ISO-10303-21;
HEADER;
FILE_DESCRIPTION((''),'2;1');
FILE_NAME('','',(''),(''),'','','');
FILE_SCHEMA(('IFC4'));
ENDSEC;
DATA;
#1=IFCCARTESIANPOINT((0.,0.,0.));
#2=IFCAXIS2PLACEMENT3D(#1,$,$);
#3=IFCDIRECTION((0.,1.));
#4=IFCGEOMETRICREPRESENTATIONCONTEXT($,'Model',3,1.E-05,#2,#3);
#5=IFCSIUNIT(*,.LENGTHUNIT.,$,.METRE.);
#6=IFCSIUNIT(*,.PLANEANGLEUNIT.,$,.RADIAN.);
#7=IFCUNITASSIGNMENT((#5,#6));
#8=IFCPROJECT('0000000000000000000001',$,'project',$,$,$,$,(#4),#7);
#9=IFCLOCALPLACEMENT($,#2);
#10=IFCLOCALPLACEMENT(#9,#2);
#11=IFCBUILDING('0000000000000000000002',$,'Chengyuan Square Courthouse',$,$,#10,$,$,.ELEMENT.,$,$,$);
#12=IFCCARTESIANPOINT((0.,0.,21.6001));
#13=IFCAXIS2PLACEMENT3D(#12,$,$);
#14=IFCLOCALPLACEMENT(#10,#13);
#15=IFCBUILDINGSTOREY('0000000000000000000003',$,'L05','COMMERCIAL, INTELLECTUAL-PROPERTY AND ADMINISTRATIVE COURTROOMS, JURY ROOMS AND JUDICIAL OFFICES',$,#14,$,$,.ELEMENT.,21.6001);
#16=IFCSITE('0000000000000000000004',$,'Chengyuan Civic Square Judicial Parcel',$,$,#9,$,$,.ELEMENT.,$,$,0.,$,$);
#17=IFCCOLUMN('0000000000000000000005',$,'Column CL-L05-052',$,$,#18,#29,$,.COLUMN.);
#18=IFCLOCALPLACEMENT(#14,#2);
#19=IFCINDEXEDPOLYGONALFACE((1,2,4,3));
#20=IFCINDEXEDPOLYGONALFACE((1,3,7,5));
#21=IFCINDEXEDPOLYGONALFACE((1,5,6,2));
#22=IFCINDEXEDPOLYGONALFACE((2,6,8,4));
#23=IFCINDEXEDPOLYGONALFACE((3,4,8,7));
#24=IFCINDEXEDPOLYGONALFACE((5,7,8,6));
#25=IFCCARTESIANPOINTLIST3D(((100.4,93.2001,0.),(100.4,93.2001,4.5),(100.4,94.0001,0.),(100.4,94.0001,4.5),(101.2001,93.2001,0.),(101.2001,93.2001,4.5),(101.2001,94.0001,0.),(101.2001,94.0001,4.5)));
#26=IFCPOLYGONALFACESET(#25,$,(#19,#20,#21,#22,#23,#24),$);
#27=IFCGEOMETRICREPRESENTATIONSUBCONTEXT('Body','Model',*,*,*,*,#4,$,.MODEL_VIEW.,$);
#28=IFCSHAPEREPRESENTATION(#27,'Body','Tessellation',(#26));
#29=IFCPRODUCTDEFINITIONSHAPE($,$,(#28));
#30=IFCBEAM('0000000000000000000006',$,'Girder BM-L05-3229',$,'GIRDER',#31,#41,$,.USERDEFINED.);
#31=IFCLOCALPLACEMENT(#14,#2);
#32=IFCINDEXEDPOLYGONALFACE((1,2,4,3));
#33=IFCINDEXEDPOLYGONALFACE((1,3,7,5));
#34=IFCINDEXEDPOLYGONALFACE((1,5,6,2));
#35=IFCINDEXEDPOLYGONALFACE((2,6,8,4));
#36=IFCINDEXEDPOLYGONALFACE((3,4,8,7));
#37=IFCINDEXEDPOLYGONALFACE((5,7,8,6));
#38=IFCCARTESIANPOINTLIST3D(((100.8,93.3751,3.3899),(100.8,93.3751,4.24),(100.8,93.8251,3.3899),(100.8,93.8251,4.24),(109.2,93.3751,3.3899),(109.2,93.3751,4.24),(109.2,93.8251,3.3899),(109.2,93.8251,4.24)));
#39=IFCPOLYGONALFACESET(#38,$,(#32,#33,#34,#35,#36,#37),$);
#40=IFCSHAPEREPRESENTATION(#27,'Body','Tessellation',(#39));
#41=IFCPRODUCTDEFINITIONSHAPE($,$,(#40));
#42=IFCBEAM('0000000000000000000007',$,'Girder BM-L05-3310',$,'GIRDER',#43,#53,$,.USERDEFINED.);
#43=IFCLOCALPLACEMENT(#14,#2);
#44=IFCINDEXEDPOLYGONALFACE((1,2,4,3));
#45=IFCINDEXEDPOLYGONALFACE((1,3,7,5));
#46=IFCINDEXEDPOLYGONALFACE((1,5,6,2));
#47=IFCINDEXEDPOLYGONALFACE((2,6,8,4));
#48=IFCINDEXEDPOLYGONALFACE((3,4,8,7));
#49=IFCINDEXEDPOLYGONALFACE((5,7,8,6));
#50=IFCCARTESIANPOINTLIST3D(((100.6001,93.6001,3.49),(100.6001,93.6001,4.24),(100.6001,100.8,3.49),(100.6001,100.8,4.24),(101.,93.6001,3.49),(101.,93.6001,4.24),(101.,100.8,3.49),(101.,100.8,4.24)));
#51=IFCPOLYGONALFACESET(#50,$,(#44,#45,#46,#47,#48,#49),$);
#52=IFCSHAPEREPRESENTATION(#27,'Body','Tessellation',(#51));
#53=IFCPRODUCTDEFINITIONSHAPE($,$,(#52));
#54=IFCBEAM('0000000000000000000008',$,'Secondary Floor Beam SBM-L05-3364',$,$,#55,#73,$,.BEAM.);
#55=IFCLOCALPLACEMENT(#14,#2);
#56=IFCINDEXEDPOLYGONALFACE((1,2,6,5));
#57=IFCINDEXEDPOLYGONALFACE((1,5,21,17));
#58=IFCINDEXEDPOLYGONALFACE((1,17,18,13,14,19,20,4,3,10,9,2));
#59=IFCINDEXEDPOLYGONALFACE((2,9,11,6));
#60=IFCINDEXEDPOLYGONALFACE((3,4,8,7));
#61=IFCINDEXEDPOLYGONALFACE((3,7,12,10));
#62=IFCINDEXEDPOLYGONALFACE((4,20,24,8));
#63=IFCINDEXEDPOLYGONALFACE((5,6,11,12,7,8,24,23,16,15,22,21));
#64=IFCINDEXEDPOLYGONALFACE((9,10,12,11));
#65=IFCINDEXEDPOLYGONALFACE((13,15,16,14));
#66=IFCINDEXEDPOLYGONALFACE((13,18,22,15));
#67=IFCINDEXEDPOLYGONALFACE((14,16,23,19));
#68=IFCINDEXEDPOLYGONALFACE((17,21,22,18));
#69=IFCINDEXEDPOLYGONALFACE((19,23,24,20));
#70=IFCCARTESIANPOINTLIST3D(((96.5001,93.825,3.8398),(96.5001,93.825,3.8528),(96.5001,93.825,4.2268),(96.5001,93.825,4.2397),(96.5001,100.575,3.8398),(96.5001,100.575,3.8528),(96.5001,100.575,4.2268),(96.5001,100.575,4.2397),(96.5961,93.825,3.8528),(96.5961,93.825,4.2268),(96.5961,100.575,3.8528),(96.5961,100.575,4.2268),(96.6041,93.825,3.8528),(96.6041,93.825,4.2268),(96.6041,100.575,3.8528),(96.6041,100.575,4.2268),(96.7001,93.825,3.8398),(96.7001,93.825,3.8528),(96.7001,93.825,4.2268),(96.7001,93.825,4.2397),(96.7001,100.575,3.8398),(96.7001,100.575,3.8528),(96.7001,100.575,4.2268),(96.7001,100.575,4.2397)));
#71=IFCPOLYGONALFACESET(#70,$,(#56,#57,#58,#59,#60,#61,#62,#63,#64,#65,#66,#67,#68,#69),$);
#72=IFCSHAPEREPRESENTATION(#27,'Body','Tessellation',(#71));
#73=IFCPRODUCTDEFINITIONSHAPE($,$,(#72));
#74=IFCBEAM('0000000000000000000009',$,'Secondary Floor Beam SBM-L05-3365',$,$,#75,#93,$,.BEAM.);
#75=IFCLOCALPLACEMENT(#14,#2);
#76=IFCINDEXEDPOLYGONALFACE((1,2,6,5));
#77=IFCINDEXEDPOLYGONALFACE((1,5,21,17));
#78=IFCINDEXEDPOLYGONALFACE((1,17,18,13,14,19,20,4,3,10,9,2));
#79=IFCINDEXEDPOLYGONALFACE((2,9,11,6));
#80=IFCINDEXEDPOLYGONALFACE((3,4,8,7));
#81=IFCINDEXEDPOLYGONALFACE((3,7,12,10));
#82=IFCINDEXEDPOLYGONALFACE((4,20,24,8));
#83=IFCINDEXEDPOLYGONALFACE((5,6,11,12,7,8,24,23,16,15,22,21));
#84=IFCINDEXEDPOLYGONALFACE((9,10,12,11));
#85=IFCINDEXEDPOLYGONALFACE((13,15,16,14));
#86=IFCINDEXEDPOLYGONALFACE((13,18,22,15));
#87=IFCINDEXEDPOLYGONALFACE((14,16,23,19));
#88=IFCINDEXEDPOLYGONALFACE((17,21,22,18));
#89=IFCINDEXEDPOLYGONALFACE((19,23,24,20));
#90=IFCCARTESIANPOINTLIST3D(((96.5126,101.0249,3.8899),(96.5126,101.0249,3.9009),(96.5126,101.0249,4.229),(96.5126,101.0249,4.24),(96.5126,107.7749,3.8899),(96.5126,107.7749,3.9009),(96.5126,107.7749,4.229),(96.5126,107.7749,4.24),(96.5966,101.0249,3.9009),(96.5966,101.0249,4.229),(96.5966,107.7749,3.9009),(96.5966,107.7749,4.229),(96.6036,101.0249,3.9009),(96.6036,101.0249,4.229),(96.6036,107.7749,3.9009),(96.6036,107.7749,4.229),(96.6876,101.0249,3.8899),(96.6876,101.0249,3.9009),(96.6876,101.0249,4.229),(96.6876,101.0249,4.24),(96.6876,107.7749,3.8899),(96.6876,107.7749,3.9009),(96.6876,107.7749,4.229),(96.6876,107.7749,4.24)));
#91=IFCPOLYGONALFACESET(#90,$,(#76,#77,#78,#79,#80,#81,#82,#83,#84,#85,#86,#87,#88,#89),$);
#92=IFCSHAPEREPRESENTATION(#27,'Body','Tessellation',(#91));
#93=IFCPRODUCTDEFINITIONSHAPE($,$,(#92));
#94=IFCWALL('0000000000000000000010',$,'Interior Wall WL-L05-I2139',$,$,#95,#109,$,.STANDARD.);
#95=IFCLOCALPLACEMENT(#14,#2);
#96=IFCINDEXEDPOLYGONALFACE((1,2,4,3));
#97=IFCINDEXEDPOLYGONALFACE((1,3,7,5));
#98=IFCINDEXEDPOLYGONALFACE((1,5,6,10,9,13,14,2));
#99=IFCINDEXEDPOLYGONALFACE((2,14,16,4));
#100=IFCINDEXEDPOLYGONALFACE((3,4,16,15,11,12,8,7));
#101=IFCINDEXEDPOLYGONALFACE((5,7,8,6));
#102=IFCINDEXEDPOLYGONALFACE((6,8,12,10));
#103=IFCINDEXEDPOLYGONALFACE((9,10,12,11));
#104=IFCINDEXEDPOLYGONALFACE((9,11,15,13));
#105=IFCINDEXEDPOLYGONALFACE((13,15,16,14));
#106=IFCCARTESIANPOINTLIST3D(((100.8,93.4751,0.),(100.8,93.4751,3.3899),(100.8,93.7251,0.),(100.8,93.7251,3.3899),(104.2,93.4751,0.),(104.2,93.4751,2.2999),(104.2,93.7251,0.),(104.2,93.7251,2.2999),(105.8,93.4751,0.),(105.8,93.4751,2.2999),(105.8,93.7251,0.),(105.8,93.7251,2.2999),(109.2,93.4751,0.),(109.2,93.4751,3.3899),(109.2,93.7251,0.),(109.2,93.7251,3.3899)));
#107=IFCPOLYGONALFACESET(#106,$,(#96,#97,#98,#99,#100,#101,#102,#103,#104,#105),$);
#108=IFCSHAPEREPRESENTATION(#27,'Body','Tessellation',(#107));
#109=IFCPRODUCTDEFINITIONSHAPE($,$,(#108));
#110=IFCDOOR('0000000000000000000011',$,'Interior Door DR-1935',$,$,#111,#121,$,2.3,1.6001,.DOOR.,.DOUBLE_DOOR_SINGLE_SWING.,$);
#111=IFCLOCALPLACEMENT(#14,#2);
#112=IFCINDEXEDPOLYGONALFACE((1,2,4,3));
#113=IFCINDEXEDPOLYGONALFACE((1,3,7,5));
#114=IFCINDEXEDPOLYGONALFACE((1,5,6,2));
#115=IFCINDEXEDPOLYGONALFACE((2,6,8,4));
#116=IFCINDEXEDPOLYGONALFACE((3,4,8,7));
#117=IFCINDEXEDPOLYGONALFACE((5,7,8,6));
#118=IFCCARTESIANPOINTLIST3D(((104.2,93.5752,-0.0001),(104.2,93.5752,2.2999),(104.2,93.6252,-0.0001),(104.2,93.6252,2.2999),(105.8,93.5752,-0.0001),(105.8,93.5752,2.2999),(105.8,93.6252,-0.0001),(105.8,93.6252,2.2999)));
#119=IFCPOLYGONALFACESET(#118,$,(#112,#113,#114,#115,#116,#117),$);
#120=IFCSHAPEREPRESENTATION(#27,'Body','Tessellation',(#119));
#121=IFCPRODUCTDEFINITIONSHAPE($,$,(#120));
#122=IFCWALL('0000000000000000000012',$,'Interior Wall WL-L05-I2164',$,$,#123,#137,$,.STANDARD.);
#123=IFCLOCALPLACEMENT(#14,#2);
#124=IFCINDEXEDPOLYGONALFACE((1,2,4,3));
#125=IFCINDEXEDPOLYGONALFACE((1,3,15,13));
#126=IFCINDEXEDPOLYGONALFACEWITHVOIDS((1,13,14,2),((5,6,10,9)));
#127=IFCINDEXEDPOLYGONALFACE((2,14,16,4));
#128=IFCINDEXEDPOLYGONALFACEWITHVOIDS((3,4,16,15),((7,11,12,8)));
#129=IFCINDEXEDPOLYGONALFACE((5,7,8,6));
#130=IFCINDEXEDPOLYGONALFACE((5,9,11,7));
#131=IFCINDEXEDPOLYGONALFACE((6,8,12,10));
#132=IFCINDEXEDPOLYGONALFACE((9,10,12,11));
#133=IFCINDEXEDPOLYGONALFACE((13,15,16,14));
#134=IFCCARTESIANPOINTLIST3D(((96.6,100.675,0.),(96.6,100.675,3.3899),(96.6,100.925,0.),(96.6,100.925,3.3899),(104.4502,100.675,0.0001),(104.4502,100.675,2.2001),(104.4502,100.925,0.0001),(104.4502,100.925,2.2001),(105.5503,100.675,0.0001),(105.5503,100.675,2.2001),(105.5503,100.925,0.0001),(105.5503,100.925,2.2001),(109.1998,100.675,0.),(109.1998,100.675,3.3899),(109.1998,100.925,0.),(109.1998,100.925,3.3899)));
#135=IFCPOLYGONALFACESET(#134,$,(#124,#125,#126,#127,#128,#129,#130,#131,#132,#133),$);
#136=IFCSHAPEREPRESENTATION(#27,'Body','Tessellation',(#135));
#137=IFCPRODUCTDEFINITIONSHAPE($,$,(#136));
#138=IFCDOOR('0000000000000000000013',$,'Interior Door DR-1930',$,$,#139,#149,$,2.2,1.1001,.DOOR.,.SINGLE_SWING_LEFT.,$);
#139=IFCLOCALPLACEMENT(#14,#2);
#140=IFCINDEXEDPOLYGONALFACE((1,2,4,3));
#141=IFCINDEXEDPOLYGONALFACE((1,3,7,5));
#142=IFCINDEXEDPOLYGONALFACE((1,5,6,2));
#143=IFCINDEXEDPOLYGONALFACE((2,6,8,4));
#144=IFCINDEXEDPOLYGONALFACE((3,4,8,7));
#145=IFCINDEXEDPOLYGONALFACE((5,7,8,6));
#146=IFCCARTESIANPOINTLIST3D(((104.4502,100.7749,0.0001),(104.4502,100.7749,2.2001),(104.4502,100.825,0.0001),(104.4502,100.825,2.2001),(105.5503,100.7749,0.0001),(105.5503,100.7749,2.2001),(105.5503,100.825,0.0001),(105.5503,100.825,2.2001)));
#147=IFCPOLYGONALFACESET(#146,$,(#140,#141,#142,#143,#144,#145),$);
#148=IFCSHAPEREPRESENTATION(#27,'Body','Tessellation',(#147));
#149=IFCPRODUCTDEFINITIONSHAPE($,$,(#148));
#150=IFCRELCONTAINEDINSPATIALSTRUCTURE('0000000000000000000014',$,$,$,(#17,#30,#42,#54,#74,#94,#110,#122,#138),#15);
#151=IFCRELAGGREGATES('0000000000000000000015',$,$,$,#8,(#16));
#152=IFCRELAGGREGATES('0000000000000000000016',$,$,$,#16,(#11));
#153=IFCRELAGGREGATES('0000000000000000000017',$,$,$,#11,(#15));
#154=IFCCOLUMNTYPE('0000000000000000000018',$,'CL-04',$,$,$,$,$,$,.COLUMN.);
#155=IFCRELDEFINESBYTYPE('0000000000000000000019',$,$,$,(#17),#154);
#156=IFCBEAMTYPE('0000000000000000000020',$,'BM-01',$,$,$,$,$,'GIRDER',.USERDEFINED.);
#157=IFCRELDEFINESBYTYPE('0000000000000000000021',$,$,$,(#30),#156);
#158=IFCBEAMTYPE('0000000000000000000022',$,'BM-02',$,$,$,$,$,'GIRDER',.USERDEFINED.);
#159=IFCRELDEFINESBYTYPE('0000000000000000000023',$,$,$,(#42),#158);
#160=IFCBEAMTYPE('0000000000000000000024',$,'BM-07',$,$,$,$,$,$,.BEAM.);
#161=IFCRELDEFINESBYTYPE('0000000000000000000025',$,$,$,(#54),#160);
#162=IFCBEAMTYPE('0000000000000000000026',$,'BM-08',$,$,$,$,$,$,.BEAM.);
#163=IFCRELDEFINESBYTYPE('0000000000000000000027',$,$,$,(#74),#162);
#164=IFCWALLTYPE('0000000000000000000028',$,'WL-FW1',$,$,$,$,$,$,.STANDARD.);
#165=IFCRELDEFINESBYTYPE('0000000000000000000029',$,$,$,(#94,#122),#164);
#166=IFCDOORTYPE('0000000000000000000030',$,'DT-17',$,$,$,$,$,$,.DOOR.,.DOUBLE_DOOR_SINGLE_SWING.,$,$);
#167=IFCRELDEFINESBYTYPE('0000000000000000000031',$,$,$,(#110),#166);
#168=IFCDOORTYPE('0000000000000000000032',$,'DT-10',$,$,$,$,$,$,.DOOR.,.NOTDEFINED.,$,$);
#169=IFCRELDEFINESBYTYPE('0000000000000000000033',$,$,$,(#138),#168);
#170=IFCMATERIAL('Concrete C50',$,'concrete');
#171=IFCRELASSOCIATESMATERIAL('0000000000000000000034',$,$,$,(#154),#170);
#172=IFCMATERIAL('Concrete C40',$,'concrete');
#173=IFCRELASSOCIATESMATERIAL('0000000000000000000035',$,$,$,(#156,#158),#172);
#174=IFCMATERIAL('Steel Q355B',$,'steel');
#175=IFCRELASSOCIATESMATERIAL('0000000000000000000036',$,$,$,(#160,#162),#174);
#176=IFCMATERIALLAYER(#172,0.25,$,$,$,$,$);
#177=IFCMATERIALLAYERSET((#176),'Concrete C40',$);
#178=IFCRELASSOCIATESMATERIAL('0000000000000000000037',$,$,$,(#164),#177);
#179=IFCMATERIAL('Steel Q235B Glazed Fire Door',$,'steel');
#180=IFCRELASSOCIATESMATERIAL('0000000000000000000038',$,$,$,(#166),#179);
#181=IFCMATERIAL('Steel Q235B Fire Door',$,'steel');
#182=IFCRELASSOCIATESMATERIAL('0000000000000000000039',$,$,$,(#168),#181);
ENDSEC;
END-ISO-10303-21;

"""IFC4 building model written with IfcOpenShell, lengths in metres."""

from ifc_helpers import new_model, si_unit, direction, frame, frame_2d, origin, origin_2d, place, context, subcontext, project, spatial, rectangle, i_section, extrude, material, layer, layer_set, material_profile, profile_set, type_object, element, fill, save


model = new_model("IFC4")

# Units and contexts
model_context = context("Model", 3, precision=1e-05, world=origin(), true_north=direction((0.0, 1.0)))
body_context = subcontext(model_context, "Body", "Model", "MODEL_VIEW")
ifc_project = project(units=[si_unit("LENGTHUNIT", "METRE"), si_unit("PLANEANGLEUNIT", "RADIAN")], contexts=[model_context])

# Site, building, storey
site_placement = place(None, origin())
site = spatial("IfcSite", under=ifc_project, at=site_placement, Name="Chengyuan Civic Square Judicial Parcel", CompositionType="ELEMENT", RefElevation=0.0)
building_placement = place(site_placement, origin())
building = spatial("IfcBuilding", under=site, at=building_placement, Name="Chengyuan Square Courthouse", CompositionType="ELEMENT")
storey_placement = place(building_placement, frame((0.0, 0.0, 21.6001)))
storey = spatial("IfcBuildingStorey", under=building, at=storey_placement, Name="L05", Description="COMMERCIAL, INTELLECTUAL-PROPERTY AND ADMINISTRATIVE COURTROOMS, JURY ROOMS AND JUDICIAL OFFICES", CompositionType="ELEMENT", Elevation=21.6001)

# Column
ifc_material_1 = material(Name="Concrete C50", Category="concrete")
ifc_material_profile_1 = material_profile(ifc_material_1, rectangle(XDim=0.8, YDim=0.8, at=origin_2d()), Name="RC-COL-800x800")
ifc_profile_set_1 = profile_set([ifc_material_profile_1], Name="Concrete C50")
column_type = type_object("IfcColumnType", Name="CL-04", PredefinedType="COLUMN", material=ifc_profile_set_1)
column_placement = place(storey_placement, frame((100.8, 93.6001, 0.0), z_axis=(0.0, 0.0, 1.0), x_axis=(1.0, 0.0, 0.0)))
element("IfcColumn", 1, at=column_placement, inside=storey, type_object=column_type, Name="Column CL-L05-052", PredefinedType="COLUMN", context=body_context, shape_type="SweptSolid", body=[
    extrude(rectangle(XDim=0.8, YDim=0.8, at=origin_2d()), origin(), (0.0, 0.0, 1.0), 4.5),
])

# Beams
ifc_material_2 = material(Name="Concrete C40", Category="concrete")
ifc_material_profile_2 = material_profile(ifc_material_2, rectangle(XDim=0.45, YDim=0.8501, at=origin_2d()), Name="RC-BM-450x850")
ifc_profile_set_2 = profile_set([ifc_material_profile_2], Name="Concrete C40")
beam_type_1 = type_object("IfcBeamType", Name="BM-01", ElementType="GIRDER", PredefinedType="USERDEFINED", material=ifc_profile_set_2)
beam_1_placement = place(storey_placement, frame((100.8, 93.6001, 3.8149), z_axis=(1.0, 0.0, 0.0), x_axis=(0.0, 1.0, 0.0)))
element("IfcBeam", 2, at=beam_1_placement, inside=storey, type_object=beam_type_1, Name="Girder BM-L05-3229", ObjectType="GIRDER", PredefinedType="USERDEFINED", context=body_context, shape_type="SweptSolid", body=[
    extrude(rectangle(XDim=0.45, YDim=0.8501, at=origin_2d()), origin(), (0.0, 0.0, 1.0), 8.3999),
])
ifc_material_profile_3 = material_profile(ifc_material_2, rectangle(XDim=0.3999, YDim=0.75, at=origin_2d()), Name="RC-BM-400x750")
ifc_profile_set_3 = profile_set([ifc_material_profile_3], Name="Concrete C40")
beam_type_2 = type_object("IfcBeamType", Name="BM-02", ElementType="GIRDER", PredefinedType="USERDEFINED", material=ifc_profile_set_3)
beam_2_placement = place(storey_placement, frame((100.8, 93.6001, 3.865), z_axis=(0.0, 1.0, 0.0), x_axis=(-1.0, 0.0, 0.0)))
element("IfcBeam", 3, at=beam_2_placement, inside=storey, type_object=beam_type_2, Name="Girder BM-L05-3310", ObjectType="GIRDER", PredefinedType="USERDEFINED", context=body_context, shape_type="SweptSolid", body=[
    extrude(rectangle(XDim=0.3999, YDim=0.75, at=origin_2d()), origin(), (0.0, 0.0, 1.0), 7.2),
])
ifc_material_3 = material(Name="Steel Q355B", Category="steel")
ifc_material_profile_4 = material_profile(ifc_material_3, i_section(OverallWidth=0.2, OverallDepth=0.3999, WebThickness=0.0081, FlangeThickness=0.0129, at=origin_2d()), Name="HN 400x200x8x13")
ifc_profile_set_4 = profile_set([ifc_material_profile_4], Name="Steel Q355B")
beam_type_3 = type_object("IfcBeamType", Name="BM-07", PredefinedType="BEAM", material=ifc_profile_set_4)
beam_3_placement = place(storey_placement, frame((96.6001, 93.825, 4.0398), z_axis=(0.0, 1.0, 0.0), x_axis=(-1.0, 0.0, 0.0)))
element("IfcBeam", 4, at=beam_3_placement, inside=storey, type_object=beam_type_3, Name="Secondary Floor Beam SBM-L05-3364", PredefinedType="BEAM", context=body_context, shape_type="SweptSolid", body=[
    extrude(i_section(OverallWidth=0.2, OverallDepth=0.3999, WebThickness=0.0081, FlangeThickness=0.0129, at=origin_2d()), origin(), (0.0, 0.0, 1.0), 6.75),
])
ifc_material_profile_5 = material_profile(ifc_material_3, i_section(OverallWidth=0.175, OverallDepth=0.3501, WebThickness=0.0071, FlangeThickness=0.011, at=origin_2d()), Name="HN 350x175x7x11")
ifc_profile_set_5 = profile_set([ifc_material_profile_5], Name="Steel Q355B")
beam_type_4 = type_object("IfcBeamType", Name="BM-08", PredefinedType="BEAM", material=ifc_profile_set_5)
beam_4_placement = place(storey_placement, frame((96.6001, 101.0249, 4.0649), z_axis=(0.0, 1.0, 0.0), x_axis=(-1.0, 0.0, 0.0)))
element("IfcBeam", 5, at=beam_4_placement, inside=storey, type_object=beam_type_4, Name="Secondary Floor Beam SBM-L05-3365", PredefinedType="BEAM", context=body_context, shape_type="SweptSolid", body=[
    extrude(i_section(OverallWidth=0.175, OverallDepth=0.3501, WebThickness=0.0071, FlangeThickness=0.011, at=origin_2d()), origin(), (0.0, 0.0, 1.0), 6.75),
])

# Walls, openings, doors
ifc_layer_1 = layer(ifc_material_2, 0.25)
ifc_layer_set_1 = layer_set([ifc_layer_1], Name="Concrete C40")
wall_type_1 = type_object("IfcWallType", Name="WL-FW1", PredefinedType="STANDARD", material=ifc_layer_set_1)
wall_1_placement = place(storey_placement, frame((100.8, 93.6001, 0.0), z_axis=(0.0, 0.0, 1.0), x_axis=(1.0, 0.0, 0.0)))
wall_1 = element("IfcWall", 6, at=wall_1_placement, inside=storey, type_object=wall_type_1, Name="Interior Wall WL-L05-I2139", PredefinedType="STANDARD", context=body_context, shape_type="SweptSolid", body=[
    extrude(rectangle(XDim=8.3999, YDim=0.25, at=frame_2d((4.2, 0.0))), origin(), (0.0, 0.0, 1.0), 3.3899),
])
opening_1_placement = place(wall_1_placement, frame((3.3999, 0.0, 0.0)))
opening_1 = element("IfcOpeningElement", 7, at=opening_1_placement, cuts=wall_1, PredefinedType="OPENING", context=body_context, shape_type="SweptSolid", body=[
    extrude(rectangle(XDim=1.6001, YDim=2.3, at=frame_2d((0.8, 1.1499))), frame((0.0, 0.137, 0.0), z_axis=(0.0, -1.0, 0.0), x_axis=(1.0, 0.0, 0.0)), (0.0, 0.0, 1.0), 0.2739),
])
ifc_material_4 = material(Name="Steel Q235B Glazed Fire Door", Category="steel")
door_type_1 = type_object("IfcDoorType", Name="DT-17", OperationType="DOUBLE_DOOR_SINGLE_SWING", PredefinedType="DOOR", material=ifc_material_4)
door_1_placement = place(opening_1_placement, frame((1.6001, 0.0, 0.0), z_axis=(0.0, 0.0, 1.0), x_axis=(-1.0, 0.0, 0.0)))
door_1 = element("IfcDoor", 8, at=door_1_placement, inside=storey, type_object=door_type_1, Name="Interior Door DR-1935", OperationType="DOUBLE_DOOR_SINGLE_SWING", OverallHeight=2.3, OverallWidth=1.6001, PredefinedType="DOOR", context=body_context, shape_type="SweptSolid", body=[
    extrude(rectangle(XDim=1.6001, YDim=2.3, at=frame_2d((0.8, 1.1499))), frame((0.0, 0.0249, 0.0), z_axis=(0.0, -1.0, 0.0), x_axis=(1.0, 0.0, 0.0)), (0.0, 0.0, 1.0), 0.05),
])
fill(opening_1, door_1)
wall_2_placement = place(storey_placement, frame((96.6001, 100.8, 0.0), z_axis=(0.0, 0.0, 1.0), x_axis=(1.0, 0.0, 0.0)))
wall_2 = element("IfcWall", 9, at=wall_2_placement, inside=storey, type_object=wall_type_1, Name="Interior Wall WL-L05-I2164", PredefinedType="STANDARD", context=body_context, shape_type="SweptSolid", body=[
    extrude(rectangle(XDim=12.5999, YDim=0.25, at=frame_2d((6.2998, 0.0))), origin(), (0.0, 0.0, 1.0), 3.3899),
])
opening_2_placement = place(wall_2_placement, frame((7.8501, 0.0, 0.0)))
opening_2 = element("IfcOpeningElement", 10, at=opening_2_placement, cuts=wall_2, PredefinedType="OPENING", context=body_context, shape_type="SweptSolid", body=[
    extrude(rectangle(XDim=1.1001, YDim=2.2, at=frame_2d((0.55, 1.1001))), frame((0.0, 0.137, 0.0), z_axis=(0.0, -1.0, 0.0), x_axis=(1.0, 0.0, 0.0)), (0.0, 0.0, 1.0), 0.2739),
])
ifc_material_5 = material(Name="Steel Q235B Fire Door", Category="steel")
door_type_2 = type_object("IfcDoorType", Name="DT-10", OperationType="NOTDEFINED", PredefinedType="DOOR", material=ifc_material_5)
door_2_placement = place(opening_2_placement, origin())
door_2 = element("IfcDoor", 11, at=door_2_placement, inside=storey, type_object=door_type_2, Name="Interior Door DR-1930", OperationType="SINGLE_SWING_LEFT", OverallHeight=2.2, OverallWidth=1.1001, PredefinedType="DOOR", context=body_context, shape_type="SweptSolid", body=[
    extrude(rectangle(XDim=1.1001, YDim=2.2, at=frame_2d((0.55, 1.1001))), frame((0.0, 0.0249, 0.0), z_axis=(0.0, -1.0, 0.0), x_axis=(1.0, 0.0, 0.0)), (0.0, 0.0, 1.0), 0.05),
])
fill(opening_2, door_2)

save(model, "model.ifc")
